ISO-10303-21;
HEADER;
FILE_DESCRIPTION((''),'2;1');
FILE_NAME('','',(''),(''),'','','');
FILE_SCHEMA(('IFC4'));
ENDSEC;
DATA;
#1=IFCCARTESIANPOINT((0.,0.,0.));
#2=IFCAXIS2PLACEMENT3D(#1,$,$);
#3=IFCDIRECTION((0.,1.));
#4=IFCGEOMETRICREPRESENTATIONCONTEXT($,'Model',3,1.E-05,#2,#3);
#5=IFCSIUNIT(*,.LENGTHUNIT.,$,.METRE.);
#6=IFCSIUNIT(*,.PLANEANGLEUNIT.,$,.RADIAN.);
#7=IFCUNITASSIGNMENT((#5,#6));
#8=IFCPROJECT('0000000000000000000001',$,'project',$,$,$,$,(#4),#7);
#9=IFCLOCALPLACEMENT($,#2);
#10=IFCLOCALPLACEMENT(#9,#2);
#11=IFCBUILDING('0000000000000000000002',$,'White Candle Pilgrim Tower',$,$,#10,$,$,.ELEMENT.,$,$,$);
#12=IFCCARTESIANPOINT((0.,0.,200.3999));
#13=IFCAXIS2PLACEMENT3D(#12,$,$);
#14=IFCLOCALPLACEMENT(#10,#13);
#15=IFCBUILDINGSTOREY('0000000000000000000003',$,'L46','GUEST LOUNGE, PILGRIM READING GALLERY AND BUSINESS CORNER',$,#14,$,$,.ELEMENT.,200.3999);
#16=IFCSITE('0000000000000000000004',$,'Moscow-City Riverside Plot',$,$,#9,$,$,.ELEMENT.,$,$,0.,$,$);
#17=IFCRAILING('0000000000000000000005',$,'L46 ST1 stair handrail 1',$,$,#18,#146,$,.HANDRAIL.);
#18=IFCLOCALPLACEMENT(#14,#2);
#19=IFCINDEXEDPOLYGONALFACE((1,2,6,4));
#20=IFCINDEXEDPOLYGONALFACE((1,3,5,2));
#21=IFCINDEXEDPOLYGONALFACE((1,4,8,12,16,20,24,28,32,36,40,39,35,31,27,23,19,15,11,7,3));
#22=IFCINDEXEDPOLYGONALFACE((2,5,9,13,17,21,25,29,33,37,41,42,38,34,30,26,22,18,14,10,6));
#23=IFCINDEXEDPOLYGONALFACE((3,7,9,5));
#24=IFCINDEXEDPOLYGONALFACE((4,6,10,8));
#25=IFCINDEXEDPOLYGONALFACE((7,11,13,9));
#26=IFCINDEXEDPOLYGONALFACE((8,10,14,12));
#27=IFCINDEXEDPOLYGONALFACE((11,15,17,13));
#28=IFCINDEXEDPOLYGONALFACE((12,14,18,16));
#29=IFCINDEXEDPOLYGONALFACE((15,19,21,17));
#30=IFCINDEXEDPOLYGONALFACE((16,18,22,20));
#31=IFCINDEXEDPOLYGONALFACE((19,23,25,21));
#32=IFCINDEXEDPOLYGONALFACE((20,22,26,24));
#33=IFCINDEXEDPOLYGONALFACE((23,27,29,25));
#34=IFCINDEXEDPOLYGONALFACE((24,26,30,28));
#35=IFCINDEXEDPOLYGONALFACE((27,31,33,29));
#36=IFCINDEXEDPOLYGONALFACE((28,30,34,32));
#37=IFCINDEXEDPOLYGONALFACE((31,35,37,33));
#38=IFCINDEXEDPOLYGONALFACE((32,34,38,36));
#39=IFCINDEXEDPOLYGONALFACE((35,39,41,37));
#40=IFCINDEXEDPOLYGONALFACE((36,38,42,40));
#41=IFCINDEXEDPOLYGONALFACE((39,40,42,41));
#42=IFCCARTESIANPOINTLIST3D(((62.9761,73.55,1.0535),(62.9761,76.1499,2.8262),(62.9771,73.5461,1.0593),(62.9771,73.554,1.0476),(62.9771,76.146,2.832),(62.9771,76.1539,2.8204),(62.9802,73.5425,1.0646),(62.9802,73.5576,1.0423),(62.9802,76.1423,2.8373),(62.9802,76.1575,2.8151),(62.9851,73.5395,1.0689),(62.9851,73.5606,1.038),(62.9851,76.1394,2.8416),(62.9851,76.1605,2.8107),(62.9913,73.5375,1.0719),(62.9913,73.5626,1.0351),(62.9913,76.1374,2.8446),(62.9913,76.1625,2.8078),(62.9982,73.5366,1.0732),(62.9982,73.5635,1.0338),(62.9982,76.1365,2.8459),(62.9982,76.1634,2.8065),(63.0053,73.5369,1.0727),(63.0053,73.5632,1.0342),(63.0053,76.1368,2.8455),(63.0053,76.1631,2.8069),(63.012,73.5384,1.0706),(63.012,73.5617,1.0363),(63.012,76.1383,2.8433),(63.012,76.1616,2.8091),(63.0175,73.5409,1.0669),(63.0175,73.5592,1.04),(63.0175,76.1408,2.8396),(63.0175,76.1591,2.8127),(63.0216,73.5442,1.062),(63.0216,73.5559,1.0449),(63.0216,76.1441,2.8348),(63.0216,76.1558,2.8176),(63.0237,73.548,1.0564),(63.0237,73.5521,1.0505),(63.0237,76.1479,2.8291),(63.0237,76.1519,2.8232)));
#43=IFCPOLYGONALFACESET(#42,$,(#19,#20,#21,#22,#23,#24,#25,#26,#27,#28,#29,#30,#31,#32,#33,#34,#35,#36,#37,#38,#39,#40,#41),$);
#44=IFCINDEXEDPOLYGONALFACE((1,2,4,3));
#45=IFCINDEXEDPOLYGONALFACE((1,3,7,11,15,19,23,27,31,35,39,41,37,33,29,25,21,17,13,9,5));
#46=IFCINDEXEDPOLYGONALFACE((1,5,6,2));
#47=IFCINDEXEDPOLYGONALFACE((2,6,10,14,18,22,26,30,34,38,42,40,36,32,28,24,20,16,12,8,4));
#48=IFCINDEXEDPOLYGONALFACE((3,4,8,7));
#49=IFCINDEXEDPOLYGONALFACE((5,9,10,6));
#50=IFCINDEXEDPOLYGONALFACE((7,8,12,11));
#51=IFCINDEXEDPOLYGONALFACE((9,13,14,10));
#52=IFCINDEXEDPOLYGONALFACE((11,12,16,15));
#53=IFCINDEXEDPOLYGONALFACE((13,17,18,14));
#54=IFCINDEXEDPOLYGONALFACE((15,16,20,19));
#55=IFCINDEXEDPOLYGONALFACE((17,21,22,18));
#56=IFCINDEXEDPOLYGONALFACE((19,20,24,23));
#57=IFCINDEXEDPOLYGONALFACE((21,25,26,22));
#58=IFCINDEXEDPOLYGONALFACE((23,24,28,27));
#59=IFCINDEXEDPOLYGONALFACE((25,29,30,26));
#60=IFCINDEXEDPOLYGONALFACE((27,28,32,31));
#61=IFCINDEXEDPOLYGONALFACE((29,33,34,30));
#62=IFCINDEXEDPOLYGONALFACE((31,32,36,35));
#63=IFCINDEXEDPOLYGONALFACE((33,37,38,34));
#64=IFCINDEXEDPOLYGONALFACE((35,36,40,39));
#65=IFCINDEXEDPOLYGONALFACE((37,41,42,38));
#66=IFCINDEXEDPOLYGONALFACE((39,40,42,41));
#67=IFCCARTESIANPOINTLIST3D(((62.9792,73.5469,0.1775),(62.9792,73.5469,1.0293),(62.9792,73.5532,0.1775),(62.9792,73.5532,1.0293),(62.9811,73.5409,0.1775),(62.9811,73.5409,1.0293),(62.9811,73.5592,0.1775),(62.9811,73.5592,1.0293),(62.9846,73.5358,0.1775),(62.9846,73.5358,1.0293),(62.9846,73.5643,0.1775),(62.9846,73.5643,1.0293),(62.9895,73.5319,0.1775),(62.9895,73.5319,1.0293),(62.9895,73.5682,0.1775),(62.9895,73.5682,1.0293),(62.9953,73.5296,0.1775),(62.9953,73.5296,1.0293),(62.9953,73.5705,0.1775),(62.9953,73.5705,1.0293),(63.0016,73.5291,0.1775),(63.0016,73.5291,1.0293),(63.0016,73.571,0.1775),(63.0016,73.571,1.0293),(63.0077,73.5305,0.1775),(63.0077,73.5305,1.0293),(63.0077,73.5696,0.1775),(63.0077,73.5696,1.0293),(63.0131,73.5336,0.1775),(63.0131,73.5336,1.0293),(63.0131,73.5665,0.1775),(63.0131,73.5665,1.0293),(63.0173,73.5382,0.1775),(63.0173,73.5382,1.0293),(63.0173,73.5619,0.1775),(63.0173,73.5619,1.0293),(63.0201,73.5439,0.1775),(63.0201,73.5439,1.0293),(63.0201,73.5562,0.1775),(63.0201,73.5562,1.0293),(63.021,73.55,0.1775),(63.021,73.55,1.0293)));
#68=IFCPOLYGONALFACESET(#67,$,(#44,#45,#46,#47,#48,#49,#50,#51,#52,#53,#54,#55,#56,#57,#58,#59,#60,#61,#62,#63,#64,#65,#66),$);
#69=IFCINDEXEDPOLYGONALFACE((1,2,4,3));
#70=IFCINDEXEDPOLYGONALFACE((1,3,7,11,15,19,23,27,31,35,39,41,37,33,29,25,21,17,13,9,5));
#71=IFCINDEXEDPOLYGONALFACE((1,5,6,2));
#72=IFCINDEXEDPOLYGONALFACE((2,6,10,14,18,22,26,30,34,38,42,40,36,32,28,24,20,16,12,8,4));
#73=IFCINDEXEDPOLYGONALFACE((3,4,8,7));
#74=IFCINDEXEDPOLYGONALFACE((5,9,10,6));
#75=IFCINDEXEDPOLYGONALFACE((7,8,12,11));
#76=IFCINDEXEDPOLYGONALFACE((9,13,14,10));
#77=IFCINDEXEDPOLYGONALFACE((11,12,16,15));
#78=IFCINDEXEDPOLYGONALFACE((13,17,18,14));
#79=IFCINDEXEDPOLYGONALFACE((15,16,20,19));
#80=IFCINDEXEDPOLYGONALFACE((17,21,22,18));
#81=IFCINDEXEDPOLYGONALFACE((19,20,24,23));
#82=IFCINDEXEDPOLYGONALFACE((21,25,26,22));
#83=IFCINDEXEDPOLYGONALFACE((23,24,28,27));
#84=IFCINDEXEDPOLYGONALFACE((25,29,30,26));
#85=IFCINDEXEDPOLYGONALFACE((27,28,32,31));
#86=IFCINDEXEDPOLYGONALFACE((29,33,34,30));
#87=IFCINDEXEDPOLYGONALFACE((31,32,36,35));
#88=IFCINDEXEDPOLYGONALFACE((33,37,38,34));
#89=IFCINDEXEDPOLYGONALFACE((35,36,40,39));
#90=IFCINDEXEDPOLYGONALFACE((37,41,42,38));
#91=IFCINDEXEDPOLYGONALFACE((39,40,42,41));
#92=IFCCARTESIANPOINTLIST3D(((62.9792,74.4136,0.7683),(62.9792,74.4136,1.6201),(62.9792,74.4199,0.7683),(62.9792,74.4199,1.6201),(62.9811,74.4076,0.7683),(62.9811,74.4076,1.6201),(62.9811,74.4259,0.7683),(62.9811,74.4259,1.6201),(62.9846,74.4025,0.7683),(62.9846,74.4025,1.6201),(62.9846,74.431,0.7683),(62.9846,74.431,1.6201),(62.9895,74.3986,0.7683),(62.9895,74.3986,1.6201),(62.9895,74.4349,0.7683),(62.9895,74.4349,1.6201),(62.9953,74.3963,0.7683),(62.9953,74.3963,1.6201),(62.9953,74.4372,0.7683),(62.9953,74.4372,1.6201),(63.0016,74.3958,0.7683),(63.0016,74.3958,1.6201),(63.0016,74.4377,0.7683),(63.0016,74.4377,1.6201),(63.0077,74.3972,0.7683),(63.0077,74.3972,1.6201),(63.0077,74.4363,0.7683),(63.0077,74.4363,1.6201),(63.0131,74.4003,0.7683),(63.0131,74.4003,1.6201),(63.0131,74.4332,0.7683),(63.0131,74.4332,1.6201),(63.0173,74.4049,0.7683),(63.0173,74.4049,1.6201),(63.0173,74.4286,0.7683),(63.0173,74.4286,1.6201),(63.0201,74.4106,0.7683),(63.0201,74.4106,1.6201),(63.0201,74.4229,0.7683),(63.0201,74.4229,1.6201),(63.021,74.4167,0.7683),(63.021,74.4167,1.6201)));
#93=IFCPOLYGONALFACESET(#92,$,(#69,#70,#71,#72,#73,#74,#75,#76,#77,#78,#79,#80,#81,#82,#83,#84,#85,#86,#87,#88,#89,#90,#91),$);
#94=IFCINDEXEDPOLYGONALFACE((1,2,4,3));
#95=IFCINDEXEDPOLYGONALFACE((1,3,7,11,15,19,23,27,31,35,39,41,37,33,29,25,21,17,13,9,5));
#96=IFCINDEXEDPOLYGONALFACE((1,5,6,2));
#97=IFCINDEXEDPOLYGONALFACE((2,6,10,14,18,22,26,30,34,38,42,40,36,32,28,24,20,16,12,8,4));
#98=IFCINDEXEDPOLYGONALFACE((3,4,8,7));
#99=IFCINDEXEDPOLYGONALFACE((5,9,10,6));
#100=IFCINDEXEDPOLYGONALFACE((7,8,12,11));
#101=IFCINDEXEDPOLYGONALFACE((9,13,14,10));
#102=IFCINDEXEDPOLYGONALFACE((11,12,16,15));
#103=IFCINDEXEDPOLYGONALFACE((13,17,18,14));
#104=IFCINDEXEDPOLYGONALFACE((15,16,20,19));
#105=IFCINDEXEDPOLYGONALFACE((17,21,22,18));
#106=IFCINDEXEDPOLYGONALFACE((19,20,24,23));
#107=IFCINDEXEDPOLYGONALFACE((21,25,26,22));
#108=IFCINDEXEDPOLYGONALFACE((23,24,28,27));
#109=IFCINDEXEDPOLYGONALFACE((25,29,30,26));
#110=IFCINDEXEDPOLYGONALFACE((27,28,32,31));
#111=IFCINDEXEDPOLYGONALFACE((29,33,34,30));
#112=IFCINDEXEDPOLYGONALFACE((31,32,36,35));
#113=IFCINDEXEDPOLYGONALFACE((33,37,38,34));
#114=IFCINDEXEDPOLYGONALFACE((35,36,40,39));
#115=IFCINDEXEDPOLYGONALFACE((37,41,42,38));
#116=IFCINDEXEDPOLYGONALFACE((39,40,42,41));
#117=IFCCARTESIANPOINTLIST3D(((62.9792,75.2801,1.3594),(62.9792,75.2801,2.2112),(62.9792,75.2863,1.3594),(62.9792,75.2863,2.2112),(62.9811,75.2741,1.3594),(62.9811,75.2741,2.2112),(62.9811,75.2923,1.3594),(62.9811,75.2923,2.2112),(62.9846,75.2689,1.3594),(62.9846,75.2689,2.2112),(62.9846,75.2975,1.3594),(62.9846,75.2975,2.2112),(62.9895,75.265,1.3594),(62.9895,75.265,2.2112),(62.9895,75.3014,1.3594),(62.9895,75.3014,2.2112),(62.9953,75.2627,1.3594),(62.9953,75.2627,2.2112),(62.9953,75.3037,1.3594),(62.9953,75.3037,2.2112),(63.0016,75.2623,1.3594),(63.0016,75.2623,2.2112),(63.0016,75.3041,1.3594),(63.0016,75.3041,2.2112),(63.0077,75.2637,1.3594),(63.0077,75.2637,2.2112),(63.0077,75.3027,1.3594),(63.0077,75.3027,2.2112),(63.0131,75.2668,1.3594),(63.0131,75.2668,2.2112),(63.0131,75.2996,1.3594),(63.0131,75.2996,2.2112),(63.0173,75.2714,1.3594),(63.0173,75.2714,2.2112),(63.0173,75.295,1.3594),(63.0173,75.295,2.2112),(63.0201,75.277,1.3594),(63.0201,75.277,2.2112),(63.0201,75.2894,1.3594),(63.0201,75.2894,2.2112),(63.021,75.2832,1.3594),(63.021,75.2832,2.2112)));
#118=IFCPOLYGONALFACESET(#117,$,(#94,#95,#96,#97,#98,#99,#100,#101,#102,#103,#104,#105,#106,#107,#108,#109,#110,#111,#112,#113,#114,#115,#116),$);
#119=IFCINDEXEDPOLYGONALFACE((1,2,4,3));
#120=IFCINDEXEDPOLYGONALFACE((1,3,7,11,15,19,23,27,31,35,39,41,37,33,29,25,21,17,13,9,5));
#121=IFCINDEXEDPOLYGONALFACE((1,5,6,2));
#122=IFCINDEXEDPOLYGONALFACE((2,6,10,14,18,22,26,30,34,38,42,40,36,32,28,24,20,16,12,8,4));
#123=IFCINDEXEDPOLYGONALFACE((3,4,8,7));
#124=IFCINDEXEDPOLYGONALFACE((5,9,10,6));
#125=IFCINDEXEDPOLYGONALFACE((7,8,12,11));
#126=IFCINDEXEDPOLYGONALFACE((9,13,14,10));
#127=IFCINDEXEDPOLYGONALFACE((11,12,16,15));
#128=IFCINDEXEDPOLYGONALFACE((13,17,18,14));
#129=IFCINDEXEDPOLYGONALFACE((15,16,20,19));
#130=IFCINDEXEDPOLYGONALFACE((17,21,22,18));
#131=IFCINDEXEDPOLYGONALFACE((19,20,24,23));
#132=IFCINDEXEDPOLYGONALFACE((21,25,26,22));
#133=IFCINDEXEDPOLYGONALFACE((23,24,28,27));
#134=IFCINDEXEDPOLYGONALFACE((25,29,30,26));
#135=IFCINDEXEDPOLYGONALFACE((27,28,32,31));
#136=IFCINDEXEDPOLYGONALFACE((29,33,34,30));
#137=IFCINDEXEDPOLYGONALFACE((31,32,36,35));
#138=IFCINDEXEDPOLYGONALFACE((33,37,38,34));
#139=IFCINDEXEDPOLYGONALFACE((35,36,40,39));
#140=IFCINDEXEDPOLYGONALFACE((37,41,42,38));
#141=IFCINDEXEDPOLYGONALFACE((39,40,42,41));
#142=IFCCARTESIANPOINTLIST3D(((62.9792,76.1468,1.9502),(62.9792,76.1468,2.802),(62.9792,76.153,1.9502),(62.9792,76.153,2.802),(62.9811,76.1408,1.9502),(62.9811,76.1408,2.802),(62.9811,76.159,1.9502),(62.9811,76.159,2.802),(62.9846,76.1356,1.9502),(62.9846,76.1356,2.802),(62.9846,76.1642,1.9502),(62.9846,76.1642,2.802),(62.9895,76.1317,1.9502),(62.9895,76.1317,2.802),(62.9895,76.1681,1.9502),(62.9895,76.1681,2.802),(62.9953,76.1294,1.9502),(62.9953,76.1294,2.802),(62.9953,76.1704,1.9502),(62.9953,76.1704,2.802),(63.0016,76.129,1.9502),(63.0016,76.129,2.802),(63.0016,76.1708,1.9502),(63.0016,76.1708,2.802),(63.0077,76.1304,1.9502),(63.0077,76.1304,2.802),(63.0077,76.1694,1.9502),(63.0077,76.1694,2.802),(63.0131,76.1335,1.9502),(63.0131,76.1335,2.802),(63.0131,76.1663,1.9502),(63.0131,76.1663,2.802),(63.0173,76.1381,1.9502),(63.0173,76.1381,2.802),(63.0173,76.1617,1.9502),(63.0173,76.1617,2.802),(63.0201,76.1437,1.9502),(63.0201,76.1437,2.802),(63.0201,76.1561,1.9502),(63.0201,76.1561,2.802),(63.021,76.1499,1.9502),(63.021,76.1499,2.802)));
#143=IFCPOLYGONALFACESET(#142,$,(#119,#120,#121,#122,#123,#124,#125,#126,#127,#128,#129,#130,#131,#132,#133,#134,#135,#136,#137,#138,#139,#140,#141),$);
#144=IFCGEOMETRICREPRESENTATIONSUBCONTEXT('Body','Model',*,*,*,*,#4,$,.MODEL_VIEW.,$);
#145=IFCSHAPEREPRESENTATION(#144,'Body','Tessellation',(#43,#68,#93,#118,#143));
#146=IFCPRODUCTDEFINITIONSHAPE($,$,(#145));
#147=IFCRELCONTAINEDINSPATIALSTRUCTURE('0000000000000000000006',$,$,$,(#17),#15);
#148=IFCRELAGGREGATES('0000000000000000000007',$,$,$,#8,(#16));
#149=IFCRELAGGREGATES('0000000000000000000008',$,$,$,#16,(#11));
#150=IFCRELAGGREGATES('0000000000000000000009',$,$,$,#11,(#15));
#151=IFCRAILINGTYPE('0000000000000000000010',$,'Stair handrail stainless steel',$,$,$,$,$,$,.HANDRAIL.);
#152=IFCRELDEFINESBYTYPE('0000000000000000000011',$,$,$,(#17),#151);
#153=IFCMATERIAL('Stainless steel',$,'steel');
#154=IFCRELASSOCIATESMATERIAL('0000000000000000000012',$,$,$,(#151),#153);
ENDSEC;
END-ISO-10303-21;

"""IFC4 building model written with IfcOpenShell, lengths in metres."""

from ifc_helpers import new_model, si_unit, direction, frame, origin, origin_2d, place, context, subcontext, project, spatial, circle, extrude, material, type_object, element, save


model = new_model("IFC4")

# Units and contexts
model_context = context("Model", 3, precision=1e-05, world=origin(), true_north=direction((0.0, 1.0)))
body_context = subcontext(model_context, "Body", "Model", "MODEL_VIEW")
ifc_project = project(units=[si_unit("LENGTHUNIT", "METRE"), si_unit("PLANEANGLEUNIT", "RADIAN")], contexts=[model_context])

# Site, building, storey
site_placement = place(None, origin())
site = spatial("IfcSite", under=ifc_project, at=site_placement, Name="Moscow-City Riverside Plot", CompositionType="ELEMENT", RefElevation=0.0)
building_placement = place(site_placement, origin())
building = spatial("IfcBuilding", under=site, at=building_placement, Name="White Candle Pilgrim Tower", CompositionType="ELEMENT")
storey_placement = place(building_placement, frame((0.0, 0.0, 200.3999)))
storey = spatial("IfcBuildingStorey", under=building, at=storey_placement, Name="L46", Description="GUEST LOUNGE, PILGRIM READING GALLERY AND BUSINESS CORNER", CompositionType="ELEMENT", Elevation=200.3999)

# Railing
ifc_material_1 = material(Name="Stainless steel", Category="steel")
railing_type_1 = type_object("IfcRailingType", Name="Stair handrail stainless steel", PredefinedType="HANDRAIL", material=ifc_material_1)
railing_1_placement = place(storey_placement, frame((63.0, 73.55, 0.1775)))
element("IfcRailing", 1, at=railing_1_placement, inside=storey, type_object=railing_type_1, Name="L46 ST1 stair handrail 1", PredefinedType="HANDRAIL", context=body_context, shape_type="SweptSolid", body=[
    extrude(circle(Radius=0.0239, at=origin_2d()), frame((0.0, 0.0, 0.876), z_axis=(0.0, 0.826216, 0.563354), x_axis=(-1.0, 0.0, 0.0)), (0.0, 0.0, 1.0), 3.1467),
    extrude(circle(Radius=0.021, at=origin_2d()), origin(), (0.0, 0.0, 1.0), 0.8518),
    extrude(circle(Radius=0.021, at=origin_2d()), frame((0.0, 0.8667, 0.5908)), (0.0, 0.0, 1.0), 0.8518),
    extrude(circle(Radius=0.021, at=origin_2d()), frame((0.0, 1.7332, 1.1819)), (0.0, 0.0, 1.0), 0.8518),
    extrude(circle(Radius=0.021, at=origin_2d()), frame((0.0, 2.5999, 1.7727)), (0.0, 0.0, 1.0), 0.8518),
])

save(model, "model.ifc")
